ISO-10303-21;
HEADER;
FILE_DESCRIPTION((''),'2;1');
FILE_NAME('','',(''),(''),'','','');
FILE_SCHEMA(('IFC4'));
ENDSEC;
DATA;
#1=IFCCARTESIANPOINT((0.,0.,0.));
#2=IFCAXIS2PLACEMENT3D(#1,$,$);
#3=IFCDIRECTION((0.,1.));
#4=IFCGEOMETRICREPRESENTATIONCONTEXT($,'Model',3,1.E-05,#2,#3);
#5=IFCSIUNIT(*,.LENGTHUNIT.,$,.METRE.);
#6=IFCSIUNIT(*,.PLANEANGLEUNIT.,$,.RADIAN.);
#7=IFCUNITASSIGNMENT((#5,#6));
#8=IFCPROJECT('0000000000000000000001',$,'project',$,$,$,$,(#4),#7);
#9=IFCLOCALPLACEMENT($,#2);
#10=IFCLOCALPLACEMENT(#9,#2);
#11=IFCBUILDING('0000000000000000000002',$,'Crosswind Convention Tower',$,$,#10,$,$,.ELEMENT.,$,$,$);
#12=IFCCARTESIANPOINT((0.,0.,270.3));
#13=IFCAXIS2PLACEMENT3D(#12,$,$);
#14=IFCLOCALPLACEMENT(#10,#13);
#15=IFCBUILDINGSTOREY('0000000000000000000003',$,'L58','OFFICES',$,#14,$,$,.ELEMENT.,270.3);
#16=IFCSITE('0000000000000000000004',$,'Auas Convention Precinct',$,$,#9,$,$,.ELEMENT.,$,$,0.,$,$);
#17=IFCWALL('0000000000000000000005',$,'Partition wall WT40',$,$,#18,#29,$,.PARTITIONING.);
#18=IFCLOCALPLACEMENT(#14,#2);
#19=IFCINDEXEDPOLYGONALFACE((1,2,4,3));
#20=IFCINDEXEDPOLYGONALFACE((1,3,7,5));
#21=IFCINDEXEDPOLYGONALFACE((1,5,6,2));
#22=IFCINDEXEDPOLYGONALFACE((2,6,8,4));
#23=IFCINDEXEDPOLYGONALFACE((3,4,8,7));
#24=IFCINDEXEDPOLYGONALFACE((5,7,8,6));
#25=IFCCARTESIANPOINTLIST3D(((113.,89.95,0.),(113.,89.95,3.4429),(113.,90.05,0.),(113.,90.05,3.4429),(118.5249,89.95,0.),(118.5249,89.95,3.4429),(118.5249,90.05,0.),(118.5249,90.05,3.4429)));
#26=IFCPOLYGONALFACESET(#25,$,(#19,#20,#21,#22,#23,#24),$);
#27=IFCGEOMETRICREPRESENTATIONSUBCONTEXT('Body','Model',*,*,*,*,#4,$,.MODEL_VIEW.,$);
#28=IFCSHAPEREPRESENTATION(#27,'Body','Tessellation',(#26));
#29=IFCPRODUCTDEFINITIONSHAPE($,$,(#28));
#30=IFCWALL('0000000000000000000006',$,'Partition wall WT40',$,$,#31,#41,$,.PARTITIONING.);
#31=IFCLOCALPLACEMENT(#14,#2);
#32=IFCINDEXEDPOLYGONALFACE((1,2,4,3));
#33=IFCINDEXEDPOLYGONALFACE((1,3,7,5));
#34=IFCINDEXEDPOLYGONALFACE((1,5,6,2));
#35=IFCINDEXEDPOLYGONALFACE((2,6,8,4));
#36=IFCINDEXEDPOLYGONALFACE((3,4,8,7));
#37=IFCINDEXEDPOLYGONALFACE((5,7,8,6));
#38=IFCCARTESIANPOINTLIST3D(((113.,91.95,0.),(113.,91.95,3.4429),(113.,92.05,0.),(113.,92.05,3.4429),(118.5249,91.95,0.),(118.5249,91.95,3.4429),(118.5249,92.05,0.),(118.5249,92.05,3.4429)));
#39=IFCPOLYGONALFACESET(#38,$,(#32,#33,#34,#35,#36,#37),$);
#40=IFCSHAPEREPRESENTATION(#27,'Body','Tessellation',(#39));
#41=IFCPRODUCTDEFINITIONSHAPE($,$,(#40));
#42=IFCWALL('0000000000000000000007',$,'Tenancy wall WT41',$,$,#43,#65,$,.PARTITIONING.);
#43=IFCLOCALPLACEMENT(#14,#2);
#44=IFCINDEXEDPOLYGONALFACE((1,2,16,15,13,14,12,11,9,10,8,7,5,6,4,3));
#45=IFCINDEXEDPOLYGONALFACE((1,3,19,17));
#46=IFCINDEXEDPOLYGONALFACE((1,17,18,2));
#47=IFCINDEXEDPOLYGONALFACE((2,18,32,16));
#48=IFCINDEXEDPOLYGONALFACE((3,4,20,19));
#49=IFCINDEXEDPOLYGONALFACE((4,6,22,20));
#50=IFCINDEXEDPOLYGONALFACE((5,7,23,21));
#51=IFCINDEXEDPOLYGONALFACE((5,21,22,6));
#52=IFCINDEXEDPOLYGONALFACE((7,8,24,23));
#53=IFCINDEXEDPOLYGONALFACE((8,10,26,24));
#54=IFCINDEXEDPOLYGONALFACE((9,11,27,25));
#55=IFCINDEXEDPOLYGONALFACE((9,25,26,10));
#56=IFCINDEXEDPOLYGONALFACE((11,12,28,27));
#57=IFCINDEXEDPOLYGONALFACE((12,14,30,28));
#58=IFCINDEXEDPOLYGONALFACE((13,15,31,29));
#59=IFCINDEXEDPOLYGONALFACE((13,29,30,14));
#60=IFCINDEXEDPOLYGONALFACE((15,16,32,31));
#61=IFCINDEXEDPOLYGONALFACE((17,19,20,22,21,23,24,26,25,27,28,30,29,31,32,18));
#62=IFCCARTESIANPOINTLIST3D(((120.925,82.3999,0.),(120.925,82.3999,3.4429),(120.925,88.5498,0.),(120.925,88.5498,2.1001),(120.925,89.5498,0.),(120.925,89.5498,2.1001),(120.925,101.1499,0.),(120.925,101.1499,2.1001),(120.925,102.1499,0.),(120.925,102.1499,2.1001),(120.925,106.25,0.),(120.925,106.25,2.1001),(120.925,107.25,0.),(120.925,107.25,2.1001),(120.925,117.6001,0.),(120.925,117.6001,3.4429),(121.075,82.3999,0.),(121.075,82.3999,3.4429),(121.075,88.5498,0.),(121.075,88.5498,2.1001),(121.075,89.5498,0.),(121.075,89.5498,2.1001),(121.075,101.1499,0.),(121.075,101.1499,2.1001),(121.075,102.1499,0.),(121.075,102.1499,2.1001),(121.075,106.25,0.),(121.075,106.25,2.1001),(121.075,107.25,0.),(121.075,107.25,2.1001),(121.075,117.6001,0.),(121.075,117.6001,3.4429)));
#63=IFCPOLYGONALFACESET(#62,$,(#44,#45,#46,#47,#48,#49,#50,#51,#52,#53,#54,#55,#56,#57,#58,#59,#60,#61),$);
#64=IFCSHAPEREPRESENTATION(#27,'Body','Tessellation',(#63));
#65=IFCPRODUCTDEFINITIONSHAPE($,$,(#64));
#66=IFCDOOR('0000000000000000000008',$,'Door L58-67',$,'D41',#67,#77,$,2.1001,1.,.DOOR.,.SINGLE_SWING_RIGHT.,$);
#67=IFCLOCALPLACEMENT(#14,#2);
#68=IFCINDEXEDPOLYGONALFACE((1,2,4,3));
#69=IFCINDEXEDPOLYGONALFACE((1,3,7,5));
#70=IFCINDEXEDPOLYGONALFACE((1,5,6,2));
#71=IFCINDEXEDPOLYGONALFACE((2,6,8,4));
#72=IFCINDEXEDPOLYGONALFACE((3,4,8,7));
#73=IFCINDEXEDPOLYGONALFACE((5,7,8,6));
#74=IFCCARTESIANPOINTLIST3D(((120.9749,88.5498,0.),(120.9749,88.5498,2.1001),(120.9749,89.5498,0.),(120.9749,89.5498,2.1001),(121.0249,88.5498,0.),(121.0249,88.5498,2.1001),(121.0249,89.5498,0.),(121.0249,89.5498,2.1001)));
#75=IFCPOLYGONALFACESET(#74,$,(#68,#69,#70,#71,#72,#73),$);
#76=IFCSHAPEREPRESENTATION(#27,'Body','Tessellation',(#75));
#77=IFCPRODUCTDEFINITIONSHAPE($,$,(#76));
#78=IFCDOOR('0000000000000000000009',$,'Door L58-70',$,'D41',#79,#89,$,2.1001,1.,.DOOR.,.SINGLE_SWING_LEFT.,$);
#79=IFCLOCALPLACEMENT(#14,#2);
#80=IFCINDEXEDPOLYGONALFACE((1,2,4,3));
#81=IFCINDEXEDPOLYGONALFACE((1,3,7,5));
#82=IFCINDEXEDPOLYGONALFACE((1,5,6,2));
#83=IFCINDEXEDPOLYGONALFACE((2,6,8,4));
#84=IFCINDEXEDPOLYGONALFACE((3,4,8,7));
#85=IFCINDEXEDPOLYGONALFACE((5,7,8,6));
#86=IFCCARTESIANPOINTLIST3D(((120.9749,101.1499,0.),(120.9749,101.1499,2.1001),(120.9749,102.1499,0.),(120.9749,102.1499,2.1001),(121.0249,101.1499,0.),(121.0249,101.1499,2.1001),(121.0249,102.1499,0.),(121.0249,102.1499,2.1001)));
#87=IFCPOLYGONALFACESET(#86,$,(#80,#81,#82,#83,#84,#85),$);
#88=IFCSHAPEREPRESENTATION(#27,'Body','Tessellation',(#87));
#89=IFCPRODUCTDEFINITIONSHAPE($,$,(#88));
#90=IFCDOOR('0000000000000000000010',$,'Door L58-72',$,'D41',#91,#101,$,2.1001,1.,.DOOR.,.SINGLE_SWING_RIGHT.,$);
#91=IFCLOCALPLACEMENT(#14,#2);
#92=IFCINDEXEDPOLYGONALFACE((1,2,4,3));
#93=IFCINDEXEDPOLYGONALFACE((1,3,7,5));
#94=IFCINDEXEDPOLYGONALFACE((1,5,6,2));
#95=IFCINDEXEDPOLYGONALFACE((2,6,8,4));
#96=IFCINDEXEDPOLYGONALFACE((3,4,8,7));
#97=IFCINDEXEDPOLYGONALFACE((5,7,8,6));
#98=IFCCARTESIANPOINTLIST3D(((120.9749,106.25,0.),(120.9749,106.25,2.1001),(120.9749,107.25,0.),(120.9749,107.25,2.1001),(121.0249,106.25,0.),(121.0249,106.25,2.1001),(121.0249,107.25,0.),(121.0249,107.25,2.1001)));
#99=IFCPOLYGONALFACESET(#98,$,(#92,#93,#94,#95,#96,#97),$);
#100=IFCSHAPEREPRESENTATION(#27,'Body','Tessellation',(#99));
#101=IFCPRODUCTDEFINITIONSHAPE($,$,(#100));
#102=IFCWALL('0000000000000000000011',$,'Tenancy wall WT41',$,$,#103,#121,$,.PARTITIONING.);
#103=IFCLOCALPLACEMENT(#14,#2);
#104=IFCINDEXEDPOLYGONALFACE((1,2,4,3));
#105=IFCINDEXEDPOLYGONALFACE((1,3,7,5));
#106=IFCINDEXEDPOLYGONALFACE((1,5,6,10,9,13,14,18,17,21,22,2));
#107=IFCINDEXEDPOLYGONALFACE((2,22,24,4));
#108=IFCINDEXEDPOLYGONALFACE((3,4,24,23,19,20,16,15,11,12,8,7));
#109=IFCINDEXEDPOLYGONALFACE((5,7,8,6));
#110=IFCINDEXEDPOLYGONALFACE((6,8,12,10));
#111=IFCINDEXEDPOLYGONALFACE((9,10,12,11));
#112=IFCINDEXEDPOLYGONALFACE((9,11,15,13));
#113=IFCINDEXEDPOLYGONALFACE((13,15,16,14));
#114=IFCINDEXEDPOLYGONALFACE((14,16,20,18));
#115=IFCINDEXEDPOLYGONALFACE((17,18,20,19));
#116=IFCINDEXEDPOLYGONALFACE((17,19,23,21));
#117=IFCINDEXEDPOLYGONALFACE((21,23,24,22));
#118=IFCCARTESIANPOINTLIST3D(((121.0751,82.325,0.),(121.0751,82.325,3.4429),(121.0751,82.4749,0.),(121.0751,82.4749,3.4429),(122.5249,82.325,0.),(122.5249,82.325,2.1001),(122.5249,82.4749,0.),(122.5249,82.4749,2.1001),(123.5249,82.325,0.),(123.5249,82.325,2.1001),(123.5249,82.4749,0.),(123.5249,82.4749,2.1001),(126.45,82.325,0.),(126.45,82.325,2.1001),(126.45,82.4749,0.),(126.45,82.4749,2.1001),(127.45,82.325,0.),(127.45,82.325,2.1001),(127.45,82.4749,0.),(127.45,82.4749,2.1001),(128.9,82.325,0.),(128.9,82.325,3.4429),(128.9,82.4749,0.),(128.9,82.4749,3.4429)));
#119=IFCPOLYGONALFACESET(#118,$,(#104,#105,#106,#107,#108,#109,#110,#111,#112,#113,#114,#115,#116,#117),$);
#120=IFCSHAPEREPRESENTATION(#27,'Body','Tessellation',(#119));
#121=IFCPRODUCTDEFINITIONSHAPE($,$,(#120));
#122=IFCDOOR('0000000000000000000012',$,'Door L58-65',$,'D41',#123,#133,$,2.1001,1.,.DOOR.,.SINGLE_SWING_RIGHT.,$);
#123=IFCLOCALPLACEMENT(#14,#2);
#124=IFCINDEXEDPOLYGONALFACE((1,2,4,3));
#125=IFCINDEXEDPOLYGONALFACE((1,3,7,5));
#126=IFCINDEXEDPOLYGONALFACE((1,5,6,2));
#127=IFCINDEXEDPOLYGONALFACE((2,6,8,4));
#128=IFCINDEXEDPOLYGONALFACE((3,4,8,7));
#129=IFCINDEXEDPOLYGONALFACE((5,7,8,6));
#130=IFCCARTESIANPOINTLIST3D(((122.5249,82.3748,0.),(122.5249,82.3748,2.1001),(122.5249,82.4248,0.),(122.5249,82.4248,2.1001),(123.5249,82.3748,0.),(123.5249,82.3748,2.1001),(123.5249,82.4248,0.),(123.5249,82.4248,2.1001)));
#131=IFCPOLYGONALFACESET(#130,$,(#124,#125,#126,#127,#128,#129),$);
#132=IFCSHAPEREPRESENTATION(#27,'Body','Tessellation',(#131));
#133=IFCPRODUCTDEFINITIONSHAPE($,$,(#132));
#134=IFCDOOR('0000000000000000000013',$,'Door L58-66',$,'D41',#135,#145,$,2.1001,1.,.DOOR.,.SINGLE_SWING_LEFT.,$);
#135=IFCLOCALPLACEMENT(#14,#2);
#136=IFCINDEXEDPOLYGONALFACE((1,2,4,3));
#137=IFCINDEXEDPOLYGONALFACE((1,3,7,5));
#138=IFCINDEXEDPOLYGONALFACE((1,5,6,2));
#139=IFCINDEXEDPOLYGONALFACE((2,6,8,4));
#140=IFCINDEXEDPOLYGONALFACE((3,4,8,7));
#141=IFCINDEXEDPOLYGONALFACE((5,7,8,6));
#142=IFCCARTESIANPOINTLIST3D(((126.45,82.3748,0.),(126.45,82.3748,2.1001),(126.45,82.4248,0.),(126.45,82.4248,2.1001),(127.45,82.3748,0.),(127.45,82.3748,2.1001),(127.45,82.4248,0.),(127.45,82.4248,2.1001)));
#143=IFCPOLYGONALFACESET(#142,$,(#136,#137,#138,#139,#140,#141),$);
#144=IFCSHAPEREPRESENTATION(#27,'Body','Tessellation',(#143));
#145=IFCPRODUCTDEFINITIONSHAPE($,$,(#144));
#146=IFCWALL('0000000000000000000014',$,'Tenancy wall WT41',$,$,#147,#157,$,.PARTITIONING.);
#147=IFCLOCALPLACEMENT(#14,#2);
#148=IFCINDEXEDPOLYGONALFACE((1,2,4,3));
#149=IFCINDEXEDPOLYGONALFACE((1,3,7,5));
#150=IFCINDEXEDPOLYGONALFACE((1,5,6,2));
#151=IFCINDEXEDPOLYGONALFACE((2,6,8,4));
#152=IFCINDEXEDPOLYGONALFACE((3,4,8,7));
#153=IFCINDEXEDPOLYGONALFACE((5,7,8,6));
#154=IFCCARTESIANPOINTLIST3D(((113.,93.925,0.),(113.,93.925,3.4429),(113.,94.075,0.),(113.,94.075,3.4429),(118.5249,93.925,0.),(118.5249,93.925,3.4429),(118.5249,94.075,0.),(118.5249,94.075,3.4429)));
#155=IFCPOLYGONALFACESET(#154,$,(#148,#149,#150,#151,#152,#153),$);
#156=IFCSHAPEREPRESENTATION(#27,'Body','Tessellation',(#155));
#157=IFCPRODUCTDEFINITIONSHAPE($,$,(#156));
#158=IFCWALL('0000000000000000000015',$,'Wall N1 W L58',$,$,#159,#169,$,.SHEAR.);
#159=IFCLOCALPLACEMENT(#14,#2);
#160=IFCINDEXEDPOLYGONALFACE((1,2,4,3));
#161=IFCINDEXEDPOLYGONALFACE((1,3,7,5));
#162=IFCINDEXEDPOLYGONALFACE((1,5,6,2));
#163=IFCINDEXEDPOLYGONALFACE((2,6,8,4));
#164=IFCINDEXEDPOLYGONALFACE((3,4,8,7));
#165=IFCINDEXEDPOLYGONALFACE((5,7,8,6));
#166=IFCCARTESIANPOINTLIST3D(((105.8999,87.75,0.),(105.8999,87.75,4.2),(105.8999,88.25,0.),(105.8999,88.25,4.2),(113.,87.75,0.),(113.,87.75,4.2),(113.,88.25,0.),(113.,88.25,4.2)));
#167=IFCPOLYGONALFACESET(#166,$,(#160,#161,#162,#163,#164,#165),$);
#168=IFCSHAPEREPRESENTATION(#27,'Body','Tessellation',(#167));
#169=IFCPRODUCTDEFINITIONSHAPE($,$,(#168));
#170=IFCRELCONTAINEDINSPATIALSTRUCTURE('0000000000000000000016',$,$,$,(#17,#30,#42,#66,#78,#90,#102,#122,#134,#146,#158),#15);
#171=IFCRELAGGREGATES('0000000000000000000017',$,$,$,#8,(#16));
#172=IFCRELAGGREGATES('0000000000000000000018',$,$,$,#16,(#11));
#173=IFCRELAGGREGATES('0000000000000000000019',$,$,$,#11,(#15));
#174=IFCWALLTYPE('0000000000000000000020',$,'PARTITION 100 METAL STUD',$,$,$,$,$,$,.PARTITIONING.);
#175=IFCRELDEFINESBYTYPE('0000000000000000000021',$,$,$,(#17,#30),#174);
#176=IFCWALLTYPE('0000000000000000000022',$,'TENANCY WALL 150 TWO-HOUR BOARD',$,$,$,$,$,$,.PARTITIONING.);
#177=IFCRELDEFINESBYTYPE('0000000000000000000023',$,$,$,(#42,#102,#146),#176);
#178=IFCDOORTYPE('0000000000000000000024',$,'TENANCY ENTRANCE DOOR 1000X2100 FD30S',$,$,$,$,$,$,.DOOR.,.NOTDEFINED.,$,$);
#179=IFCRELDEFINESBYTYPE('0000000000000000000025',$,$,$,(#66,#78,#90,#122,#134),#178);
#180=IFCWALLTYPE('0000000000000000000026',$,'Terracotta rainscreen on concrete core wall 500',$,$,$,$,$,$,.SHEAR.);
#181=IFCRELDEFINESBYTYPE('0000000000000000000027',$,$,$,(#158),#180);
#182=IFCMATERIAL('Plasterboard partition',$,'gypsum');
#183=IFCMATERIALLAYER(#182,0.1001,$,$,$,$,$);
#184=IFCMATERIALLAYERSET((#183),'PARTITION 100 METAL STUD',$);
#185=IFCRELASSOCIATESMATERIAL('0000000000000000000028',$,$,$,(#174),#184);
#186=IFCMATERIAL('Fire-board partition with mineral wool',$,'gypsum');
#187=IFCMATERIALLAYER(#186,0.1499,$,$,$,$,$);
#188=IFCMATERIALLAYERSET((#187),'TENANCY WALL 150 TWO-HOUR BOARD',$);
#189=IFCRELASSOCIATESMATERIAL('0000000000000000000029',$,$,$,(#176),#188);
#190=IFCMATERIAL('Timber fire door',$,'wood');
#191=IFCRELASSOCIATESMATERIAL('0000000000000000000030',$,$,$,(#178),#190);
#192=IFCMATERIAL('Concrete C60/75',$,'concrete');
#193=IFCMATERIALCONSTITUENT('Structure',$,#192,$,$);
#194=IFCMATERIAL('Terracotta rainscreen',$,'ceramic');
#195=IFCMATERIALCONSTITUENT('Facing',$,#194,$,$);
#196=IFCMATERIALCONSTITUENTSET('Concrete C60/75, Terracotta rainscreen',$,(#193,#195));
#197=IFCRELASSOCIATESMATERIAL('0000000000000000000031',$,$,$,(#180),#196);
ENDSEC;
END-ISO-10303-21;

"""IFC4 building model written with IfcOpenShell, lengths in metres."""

from ifc_helpers import new_model, si_unit, direction, frame, frame_2d, origin, place, context, subcontext, project, spatial, rectangle, extrude, material, layer, layer_set, constituent, constituent_set, type_object, element, fill, save


model = new_model("IFC4")

# Units and contexts
model_context = context("Model", 3, precision=1e-05, world=origin(), true_north=direction((0.0, 1.0)))
body_context = subcontext(model_context, "Body", "Model", "MODEL_VIEW")
ifc_project = project(units=[si_unit("LENGTHUNIT", "METRE"), si_unit("PLANEANGLEUNIT", "RADIAN")], contexts=[model_context])

# Site, building, storey
site_placement = place(None, origin())
site = spatial("IfcSite", under=ifc_project, at=site_placement, Name="Auas Convention Precinct", CompositionType="ELEMENT", RefElevation=0.0)
building_placement = place(site_placement, origin())
building = spatial("IfcBuilding", under=site, at=building_placement, Name="Crosswind Convention Tower", CompositionType="ELEMENT")
storey_placement = place(building_placement, frame((0.0, 0.0, 270.3)))
storey = spatial("IfcBuildingStorey", under=building, at=storey_placement, Name="L58", Description="OFFICES", CompositionType="ELEMENT", Elevation=270.3)

# Shared definitions
ifc_material_1 = material(Name="Concrete C60/75", Category="concrete")

# Walls
ifc_material_2 = material(Name="Plasterboard partition", Category="gypsum")
ifc_layer_1 = layer(ifc_material_2, 0.1001)
ifc_layer_set_1 = layer_set([ifc_layer_1], Name="PARTITION 100 METAL STUD")
wall_type_1 = type_object("IfcWallType", Name="PARTITION 100 METAL STUD", PredefinedType="PARTITIONING", material=ifc_layer_set_1)
for number, where, z_axis, x_axis, name in (
    (1, (113.0, 90.0, 0.0), (0.0, 0.0, 1.0), (1.0, 0.0, 0.0), "Partition wall WT40"),
    (2, (113.0, 92.0, 0.0), (0.0, 0.0, 1.0), (1.0, 0.0, 0.0), "Partition wall WT40"),
):
    element("IfcWall", number, at=place(storey_placement, frame(where, z_axis=z_axis, x_axis=x_axis)), inside=storey, type_object=wall_type_1, Name=name, PredefinedType="PARTITIONING", context=body_context, shape_type="SweptSolid", body=[
        extrude(rectangle(XDim=5.5249, YDim=0.1001, at=frame_2d((2.7625, 0.0))), origin(), (0.0, 0.0, 1.0), 3.4429),
    ])

# Walls, openings, doors
ifc_material_3 = material(Name="Fire-board partition with mineral wool", Category="gypsum")
ifc_layer_2 = layer(ifc_material_3, 0.1499)
ifc_layer_set_2 = layer_set([ifc_layer_2], Name="TENANCY WALL 150 TWO-HOUR BOARD")
wall_type_2 = type_object("IfcWallType", Name="TENANCY WALL 150 TWO-HOUR BOARD", PredefinedType="PARTITIONING", material=ifc_layer_set_2)
wall_1_placement = place(storey_placement, frame((121.0, 82.3999, 0.0), z_axis=(0.0, 0.0, 1.0), x_axis=(0.0, 1.0, 0.0)))
wall_1 = element("IfcWall", 3, at=wall_1_placement, inside=storey, type_object=wall_type_2, Name="Tenancy wall WT41", PredefinedType="PARTITIONING", context=body_context, shape_type="SweptSolid", body=[
    extrude(rectangle(XDim=35.2002, YDim=0.1499, at=frame_2d((17.6001, 0.0))), origin(), (0.0, 0.0, 1.0), 3.4429),
])
opening_1_placement = place(wall_1_placement, frame((6.1499, 0.0, 0.0)))
opening_1 = element("IfcOpeningElement", 4, at=opening_1_placement, cuts=wall_1, PredefinedType="OPENING", context=body_context, shape_type="SweptSolid", body=[
    extrude(rectangle(XDim=1.0, YDim=2.1001, at=frame_2d((0.5, 1.05))), frame((0.0, 0.085, 0.0), z_axis=(0.0, -1.0, 0.0), x_axis=(1.0, 0.0, 0.0)), (0.0, 0.0, 1.0), 0.1699),
])
opening_2_placement = place(wall_1_placement, frame((18.75, 0.0, 0.0)))
opening_2 = element("IfcOpeningElement", 5, at=opening_2_placement, cuts=wall_1, PredefinedType="OPENING", context=body_context, shape_type="SweptSolid", body=[
    extrude(rectangle(XDim=1.0, YDim=2.1001, at=frame_2d((0.5, 1.05))), frame((0.0, 0.085, 0.0), z_axis=(0.0, -1.0, 0.0), x_axis=(1.0, 0.0, 0.0)), (0.0, 0.0, 1.0), 0.1699),
])
opening_3_placement = place(wall_1_placement, frame((23.8501, 0.0, 0.0)))
opening_3 = element("IfcOpeningElement", 6, at=opening_3_placement, cuts=wall_1, PredefinedType="OPENING", context=body_context, shape_type="SweptSolid", body=[
    extrude(rectangle(XDim=1.0, YDim=2.1001, at=frame_2d((0.5, 1.05))), frame((0.0, 0.085, 0.0), z_axis=(0.0, -1.0, 0.0), x_axis=(1.0, 0.0, 0.0)), (0.0, 0.0, 1.0), 0.1699),
])
ifc_material_4 = material(Name="Timber fire door", Category="wood")
door_type = type_object("IfcDoorType", Name="TENANCY ENTRANCE DOOR 1000X2100 FD30S", OperationType="NOTDEFINED", PredefinedType="DOOR", material=ifc_material_4)
door_1_placement = place(opening_1_placement, frame((1.0, 0.0, 0.0), z_axis=(0.0, 0.0, 1.0), x_axis=(-1.0, 0.0, 0.0)))
door_1 = element("IfcDoor", 7, at=door_1_placement, inside=storey, type_object=door_type, Name="Door L58-67", ObjectType="D41", OperationType="SINGLE_SWING_RIGHT", OverallHeight=2.1001, OverallWidth=1.0, PredefinedType="DOOR", context=body_context, shape_type="SweptSolid", body=[
    extrude(rectangle(XDim=1.0, YDim=2.1001, at=frame_2d((0.5, 1.05))), frame((0.0, 0.0249, 0.0), z_axis=(0.0, -1.0, 0.0), x_axis=(1.0, 0.0, 0.0)), (0.0, 0.0, 1.0), 0.05),
])
fill(opening_1, door_1)
door_2_placement = place(opening_2_placement, frame((1.0, 0.0, 0.0), z_axis=(0.0, 0.0, 1.0), x_axis=(-1.0, 0.0, 0.0)))
door_2 = element("IfcDoor", 8, at=door_2_placement, inside=storey, type_object=door_type, Name="Door L58-70", ObjectType="D41", OperationType="SINGLE_SWING_LEFT", OverallHeight=2.1001, OverallWidth=1.0, PredefinedType="DOOR", context=body_context, shape_type="SweptSolid", body=[
    extrude(rectangle(XDim=1.0, YDim=2.1001, at=frame_2d((0.5, 1.05))), frame((0.0, 0.0249, 0.0), z_axis=(0.0, -1.0, 0.0), x_axis=(1.0, 0.0, 0.0)), (0.0, 0.0, 1.0), 0.05),
])
fill(opening_2, door_2)
door_3_placement = place(opening_3_placement, frame((1.0, 0.0, 0.0), z_axis=(0.0, 0.0, 1.0), x_axis=(-1.0, 0.0, 0.0)))
door_3 = element("IfcDoor", 9, at=door_3_placement, inside=storey, type_object=door_type, Name="Door L58-72", ObjectType="D41", OperationType="SINGLE_SWING_RIGHT", OverallHeight=2.1001, OverallWidth=1.0, PredefinedType="DOOR", context=body_context, shape_type="SweptSolid", body=[
    extrude(rectangle(XDim=1.0, YDim=2.1001, at=frame_2d((0.5, 1.05))), frame((0.0, 0.0249, 0.0), z_axis=(0.0, -1.0, 0.0), x_axis=(1.0, 0.0, 0.0)), (0.0, 0.0, 1.0), 0.05),
])
fill(opening_3, door_3)
wall_2_placement = place(storey_placement, frame((121.075, 82.3999, 0.0), z_axis=(0.0, 0.0, 1.0), x_axis=(1.0, 0.0, 0.0)))
wall_2 = element("IfcWall", 10, at=wall_2_placement, inside=storey, type_object=wall_type_2, Name="Tenancy wall WT41", PredefinedType="PARTITIONING", context=body_context, shape_type="SweptSolid", body=[
    extrude(rectangle(XDim=7.825, YDim=0.1499, at=frame_2d((3.9126, 0.0))), origin(), (0.0, 0.0, 1.0), 3.4429),
])
opening_4_placement = place(wall_2_placement, frame((1.45, 0.0, 0.0)))
opening_4 = element("IfcOpeningElement", 11, at=opening_4_placement, cuts=wall_2, PredefinedType="OPENING", context=body_context, shape_type="SweptSolid", body=[
    extrude(rectangle(XDim=1.0, YDim=2.1001, at=frame_2d((0.5, 1.05))), frame((0.0, 0.085, 0.0), z_axis=(0.0, -1.0, 0.0), x_axis=(1.0, 0.0, 0.0)), (0.0, 0.0, 1.0), 0.1699),
])
opening_5_placement = place(wall_2_placement, frame((5.375, 0.0, 0.0)))
opening_5 = element("IfcOpeningElement", 12, at=opening_5_placement, cuts=wall_2, PredefinedType="OPENING", context=body_context, shape_type="SweptSolid", body=[
    extrude(rectangle(XDim=1.0, YDim=2.1001, at=frame_2d((0.5, 1.05))), frame((0.0, 0.085, 0.0), z_axis=(0.0, -1.0, 0.0), x_axis=(1.0, 0.0, 0.0)), (0.0, 0.0, 1.0), 0.1699),
])
door_4_placement = place(opening_4_placement, origin())
door_4 = element("IfcDoor", 13, at=door_4_placement, inside=storey, type_object=door_type, Name="Door L58-65", ObjectType="D41", OperationType="SINGLE_SWING_RIGHT", OverallHeight=2.1001, OverallWidth=1.0, PredefinedType="DOOR", context=body_context, shape_type="SweptSolid", body=[
    extrude(rectangle(XDim=1.0, YDim=2.1001, at=frame_2d((0.5, 1.05))), frame((0.0, 0.0249, 0.0), z_axis=(0.0, -1.0, 0.0), x_axis=(1.0, 0.0, 0.0)), (0.0, 0.0, 1.0), 0.05),
])
fill(opening_4, door_4)
door_5_placement = place(opening_5_placement, origin())
door_5 = element("IfcDoor", 14, at=door_5_placement, inside=storey, type_object=door_type, Name="Door L58-66", ObjectType="D41", OperationType="SINGLE_SWING_LEFT", OverallHeight=2.1001, OverallWidth=1.0, PredefinedType="DOOR", context=body_context, shape_type="SweptSolid", body=[
    extrude(rectangle(XDim=1.0, YDim=2.1001, at=frame_2d((0.5, 1.05))), frame((0.0, 0.0249, 0.0), z_axis=(0.0, -1.0, 0.0), x_axis=(1.0, 0.0, 0.0)), (0.0, 0.0, 1.0), 0.05),
])
fill(opening_5, door_5)

# Walls
wall_3_placement = place(storey_placement, frame((113.0, 94.0, 0.0), z_axis=(0.0, 0.0, 1.0), x_axis=(1.0, 0.0, 0.0)))
element("IfcWall", 15, at=wall_3_placement, inside=storey, type_object=wall_type_2, Name="Tenancy wall WT41", PredefinedType="PARTITIONING", context=body_context, shape_type="SweptSolid", body=[
    extrude(rectangle(XDim=5.5249, YDim=0.1499, at=frame_2d((2.7625, 0.0))), origin(), (0.0, 0.0, 1.0), 3.4429),
])
ifc_constituent_1 = constituent(ifc_material_1, Name="Structure")
ifc_material_5 = material(Name="Terracotta rainscreen", Category="ceramic")
ifc_constituent_2 = constituent(ifc_material_5, Name="Facing")
ifc_constituent_set = constituent_set(constituents=[ifc_constituent_1, ifc_constituent_2], Name="Concrete C60/75, Terracotta rainscreen")
wall_type_3 = type_object("IfcWallType", Name="Terracotta rainscreen on concrete core wall 500", PredefinedType="SHEAR", material=ifc_constituent_set)
wall_4_placement = place(storey_placement, frame((113.0, 88.0, 0.0), z_axis=(0.0, 0.0, 1.0), x_axis=(-1.0, 0.0, 0.0)))
element("IfcWall", 16, at=wall_4_placement, inside=storey, type_object=wall_type_3, Name="Wall N1 W L58", PredefinedType="SHEAR", context=body_context, shape_type="SweptSolid", body=[
    extrude(rectangle(XDim=7.1001, YDim=0.5, at=frame_2d((3.55, 0.0))), origin(), (0.0, 0.0, 1.0), 4.2),
])

save(model, "model.ifc")
